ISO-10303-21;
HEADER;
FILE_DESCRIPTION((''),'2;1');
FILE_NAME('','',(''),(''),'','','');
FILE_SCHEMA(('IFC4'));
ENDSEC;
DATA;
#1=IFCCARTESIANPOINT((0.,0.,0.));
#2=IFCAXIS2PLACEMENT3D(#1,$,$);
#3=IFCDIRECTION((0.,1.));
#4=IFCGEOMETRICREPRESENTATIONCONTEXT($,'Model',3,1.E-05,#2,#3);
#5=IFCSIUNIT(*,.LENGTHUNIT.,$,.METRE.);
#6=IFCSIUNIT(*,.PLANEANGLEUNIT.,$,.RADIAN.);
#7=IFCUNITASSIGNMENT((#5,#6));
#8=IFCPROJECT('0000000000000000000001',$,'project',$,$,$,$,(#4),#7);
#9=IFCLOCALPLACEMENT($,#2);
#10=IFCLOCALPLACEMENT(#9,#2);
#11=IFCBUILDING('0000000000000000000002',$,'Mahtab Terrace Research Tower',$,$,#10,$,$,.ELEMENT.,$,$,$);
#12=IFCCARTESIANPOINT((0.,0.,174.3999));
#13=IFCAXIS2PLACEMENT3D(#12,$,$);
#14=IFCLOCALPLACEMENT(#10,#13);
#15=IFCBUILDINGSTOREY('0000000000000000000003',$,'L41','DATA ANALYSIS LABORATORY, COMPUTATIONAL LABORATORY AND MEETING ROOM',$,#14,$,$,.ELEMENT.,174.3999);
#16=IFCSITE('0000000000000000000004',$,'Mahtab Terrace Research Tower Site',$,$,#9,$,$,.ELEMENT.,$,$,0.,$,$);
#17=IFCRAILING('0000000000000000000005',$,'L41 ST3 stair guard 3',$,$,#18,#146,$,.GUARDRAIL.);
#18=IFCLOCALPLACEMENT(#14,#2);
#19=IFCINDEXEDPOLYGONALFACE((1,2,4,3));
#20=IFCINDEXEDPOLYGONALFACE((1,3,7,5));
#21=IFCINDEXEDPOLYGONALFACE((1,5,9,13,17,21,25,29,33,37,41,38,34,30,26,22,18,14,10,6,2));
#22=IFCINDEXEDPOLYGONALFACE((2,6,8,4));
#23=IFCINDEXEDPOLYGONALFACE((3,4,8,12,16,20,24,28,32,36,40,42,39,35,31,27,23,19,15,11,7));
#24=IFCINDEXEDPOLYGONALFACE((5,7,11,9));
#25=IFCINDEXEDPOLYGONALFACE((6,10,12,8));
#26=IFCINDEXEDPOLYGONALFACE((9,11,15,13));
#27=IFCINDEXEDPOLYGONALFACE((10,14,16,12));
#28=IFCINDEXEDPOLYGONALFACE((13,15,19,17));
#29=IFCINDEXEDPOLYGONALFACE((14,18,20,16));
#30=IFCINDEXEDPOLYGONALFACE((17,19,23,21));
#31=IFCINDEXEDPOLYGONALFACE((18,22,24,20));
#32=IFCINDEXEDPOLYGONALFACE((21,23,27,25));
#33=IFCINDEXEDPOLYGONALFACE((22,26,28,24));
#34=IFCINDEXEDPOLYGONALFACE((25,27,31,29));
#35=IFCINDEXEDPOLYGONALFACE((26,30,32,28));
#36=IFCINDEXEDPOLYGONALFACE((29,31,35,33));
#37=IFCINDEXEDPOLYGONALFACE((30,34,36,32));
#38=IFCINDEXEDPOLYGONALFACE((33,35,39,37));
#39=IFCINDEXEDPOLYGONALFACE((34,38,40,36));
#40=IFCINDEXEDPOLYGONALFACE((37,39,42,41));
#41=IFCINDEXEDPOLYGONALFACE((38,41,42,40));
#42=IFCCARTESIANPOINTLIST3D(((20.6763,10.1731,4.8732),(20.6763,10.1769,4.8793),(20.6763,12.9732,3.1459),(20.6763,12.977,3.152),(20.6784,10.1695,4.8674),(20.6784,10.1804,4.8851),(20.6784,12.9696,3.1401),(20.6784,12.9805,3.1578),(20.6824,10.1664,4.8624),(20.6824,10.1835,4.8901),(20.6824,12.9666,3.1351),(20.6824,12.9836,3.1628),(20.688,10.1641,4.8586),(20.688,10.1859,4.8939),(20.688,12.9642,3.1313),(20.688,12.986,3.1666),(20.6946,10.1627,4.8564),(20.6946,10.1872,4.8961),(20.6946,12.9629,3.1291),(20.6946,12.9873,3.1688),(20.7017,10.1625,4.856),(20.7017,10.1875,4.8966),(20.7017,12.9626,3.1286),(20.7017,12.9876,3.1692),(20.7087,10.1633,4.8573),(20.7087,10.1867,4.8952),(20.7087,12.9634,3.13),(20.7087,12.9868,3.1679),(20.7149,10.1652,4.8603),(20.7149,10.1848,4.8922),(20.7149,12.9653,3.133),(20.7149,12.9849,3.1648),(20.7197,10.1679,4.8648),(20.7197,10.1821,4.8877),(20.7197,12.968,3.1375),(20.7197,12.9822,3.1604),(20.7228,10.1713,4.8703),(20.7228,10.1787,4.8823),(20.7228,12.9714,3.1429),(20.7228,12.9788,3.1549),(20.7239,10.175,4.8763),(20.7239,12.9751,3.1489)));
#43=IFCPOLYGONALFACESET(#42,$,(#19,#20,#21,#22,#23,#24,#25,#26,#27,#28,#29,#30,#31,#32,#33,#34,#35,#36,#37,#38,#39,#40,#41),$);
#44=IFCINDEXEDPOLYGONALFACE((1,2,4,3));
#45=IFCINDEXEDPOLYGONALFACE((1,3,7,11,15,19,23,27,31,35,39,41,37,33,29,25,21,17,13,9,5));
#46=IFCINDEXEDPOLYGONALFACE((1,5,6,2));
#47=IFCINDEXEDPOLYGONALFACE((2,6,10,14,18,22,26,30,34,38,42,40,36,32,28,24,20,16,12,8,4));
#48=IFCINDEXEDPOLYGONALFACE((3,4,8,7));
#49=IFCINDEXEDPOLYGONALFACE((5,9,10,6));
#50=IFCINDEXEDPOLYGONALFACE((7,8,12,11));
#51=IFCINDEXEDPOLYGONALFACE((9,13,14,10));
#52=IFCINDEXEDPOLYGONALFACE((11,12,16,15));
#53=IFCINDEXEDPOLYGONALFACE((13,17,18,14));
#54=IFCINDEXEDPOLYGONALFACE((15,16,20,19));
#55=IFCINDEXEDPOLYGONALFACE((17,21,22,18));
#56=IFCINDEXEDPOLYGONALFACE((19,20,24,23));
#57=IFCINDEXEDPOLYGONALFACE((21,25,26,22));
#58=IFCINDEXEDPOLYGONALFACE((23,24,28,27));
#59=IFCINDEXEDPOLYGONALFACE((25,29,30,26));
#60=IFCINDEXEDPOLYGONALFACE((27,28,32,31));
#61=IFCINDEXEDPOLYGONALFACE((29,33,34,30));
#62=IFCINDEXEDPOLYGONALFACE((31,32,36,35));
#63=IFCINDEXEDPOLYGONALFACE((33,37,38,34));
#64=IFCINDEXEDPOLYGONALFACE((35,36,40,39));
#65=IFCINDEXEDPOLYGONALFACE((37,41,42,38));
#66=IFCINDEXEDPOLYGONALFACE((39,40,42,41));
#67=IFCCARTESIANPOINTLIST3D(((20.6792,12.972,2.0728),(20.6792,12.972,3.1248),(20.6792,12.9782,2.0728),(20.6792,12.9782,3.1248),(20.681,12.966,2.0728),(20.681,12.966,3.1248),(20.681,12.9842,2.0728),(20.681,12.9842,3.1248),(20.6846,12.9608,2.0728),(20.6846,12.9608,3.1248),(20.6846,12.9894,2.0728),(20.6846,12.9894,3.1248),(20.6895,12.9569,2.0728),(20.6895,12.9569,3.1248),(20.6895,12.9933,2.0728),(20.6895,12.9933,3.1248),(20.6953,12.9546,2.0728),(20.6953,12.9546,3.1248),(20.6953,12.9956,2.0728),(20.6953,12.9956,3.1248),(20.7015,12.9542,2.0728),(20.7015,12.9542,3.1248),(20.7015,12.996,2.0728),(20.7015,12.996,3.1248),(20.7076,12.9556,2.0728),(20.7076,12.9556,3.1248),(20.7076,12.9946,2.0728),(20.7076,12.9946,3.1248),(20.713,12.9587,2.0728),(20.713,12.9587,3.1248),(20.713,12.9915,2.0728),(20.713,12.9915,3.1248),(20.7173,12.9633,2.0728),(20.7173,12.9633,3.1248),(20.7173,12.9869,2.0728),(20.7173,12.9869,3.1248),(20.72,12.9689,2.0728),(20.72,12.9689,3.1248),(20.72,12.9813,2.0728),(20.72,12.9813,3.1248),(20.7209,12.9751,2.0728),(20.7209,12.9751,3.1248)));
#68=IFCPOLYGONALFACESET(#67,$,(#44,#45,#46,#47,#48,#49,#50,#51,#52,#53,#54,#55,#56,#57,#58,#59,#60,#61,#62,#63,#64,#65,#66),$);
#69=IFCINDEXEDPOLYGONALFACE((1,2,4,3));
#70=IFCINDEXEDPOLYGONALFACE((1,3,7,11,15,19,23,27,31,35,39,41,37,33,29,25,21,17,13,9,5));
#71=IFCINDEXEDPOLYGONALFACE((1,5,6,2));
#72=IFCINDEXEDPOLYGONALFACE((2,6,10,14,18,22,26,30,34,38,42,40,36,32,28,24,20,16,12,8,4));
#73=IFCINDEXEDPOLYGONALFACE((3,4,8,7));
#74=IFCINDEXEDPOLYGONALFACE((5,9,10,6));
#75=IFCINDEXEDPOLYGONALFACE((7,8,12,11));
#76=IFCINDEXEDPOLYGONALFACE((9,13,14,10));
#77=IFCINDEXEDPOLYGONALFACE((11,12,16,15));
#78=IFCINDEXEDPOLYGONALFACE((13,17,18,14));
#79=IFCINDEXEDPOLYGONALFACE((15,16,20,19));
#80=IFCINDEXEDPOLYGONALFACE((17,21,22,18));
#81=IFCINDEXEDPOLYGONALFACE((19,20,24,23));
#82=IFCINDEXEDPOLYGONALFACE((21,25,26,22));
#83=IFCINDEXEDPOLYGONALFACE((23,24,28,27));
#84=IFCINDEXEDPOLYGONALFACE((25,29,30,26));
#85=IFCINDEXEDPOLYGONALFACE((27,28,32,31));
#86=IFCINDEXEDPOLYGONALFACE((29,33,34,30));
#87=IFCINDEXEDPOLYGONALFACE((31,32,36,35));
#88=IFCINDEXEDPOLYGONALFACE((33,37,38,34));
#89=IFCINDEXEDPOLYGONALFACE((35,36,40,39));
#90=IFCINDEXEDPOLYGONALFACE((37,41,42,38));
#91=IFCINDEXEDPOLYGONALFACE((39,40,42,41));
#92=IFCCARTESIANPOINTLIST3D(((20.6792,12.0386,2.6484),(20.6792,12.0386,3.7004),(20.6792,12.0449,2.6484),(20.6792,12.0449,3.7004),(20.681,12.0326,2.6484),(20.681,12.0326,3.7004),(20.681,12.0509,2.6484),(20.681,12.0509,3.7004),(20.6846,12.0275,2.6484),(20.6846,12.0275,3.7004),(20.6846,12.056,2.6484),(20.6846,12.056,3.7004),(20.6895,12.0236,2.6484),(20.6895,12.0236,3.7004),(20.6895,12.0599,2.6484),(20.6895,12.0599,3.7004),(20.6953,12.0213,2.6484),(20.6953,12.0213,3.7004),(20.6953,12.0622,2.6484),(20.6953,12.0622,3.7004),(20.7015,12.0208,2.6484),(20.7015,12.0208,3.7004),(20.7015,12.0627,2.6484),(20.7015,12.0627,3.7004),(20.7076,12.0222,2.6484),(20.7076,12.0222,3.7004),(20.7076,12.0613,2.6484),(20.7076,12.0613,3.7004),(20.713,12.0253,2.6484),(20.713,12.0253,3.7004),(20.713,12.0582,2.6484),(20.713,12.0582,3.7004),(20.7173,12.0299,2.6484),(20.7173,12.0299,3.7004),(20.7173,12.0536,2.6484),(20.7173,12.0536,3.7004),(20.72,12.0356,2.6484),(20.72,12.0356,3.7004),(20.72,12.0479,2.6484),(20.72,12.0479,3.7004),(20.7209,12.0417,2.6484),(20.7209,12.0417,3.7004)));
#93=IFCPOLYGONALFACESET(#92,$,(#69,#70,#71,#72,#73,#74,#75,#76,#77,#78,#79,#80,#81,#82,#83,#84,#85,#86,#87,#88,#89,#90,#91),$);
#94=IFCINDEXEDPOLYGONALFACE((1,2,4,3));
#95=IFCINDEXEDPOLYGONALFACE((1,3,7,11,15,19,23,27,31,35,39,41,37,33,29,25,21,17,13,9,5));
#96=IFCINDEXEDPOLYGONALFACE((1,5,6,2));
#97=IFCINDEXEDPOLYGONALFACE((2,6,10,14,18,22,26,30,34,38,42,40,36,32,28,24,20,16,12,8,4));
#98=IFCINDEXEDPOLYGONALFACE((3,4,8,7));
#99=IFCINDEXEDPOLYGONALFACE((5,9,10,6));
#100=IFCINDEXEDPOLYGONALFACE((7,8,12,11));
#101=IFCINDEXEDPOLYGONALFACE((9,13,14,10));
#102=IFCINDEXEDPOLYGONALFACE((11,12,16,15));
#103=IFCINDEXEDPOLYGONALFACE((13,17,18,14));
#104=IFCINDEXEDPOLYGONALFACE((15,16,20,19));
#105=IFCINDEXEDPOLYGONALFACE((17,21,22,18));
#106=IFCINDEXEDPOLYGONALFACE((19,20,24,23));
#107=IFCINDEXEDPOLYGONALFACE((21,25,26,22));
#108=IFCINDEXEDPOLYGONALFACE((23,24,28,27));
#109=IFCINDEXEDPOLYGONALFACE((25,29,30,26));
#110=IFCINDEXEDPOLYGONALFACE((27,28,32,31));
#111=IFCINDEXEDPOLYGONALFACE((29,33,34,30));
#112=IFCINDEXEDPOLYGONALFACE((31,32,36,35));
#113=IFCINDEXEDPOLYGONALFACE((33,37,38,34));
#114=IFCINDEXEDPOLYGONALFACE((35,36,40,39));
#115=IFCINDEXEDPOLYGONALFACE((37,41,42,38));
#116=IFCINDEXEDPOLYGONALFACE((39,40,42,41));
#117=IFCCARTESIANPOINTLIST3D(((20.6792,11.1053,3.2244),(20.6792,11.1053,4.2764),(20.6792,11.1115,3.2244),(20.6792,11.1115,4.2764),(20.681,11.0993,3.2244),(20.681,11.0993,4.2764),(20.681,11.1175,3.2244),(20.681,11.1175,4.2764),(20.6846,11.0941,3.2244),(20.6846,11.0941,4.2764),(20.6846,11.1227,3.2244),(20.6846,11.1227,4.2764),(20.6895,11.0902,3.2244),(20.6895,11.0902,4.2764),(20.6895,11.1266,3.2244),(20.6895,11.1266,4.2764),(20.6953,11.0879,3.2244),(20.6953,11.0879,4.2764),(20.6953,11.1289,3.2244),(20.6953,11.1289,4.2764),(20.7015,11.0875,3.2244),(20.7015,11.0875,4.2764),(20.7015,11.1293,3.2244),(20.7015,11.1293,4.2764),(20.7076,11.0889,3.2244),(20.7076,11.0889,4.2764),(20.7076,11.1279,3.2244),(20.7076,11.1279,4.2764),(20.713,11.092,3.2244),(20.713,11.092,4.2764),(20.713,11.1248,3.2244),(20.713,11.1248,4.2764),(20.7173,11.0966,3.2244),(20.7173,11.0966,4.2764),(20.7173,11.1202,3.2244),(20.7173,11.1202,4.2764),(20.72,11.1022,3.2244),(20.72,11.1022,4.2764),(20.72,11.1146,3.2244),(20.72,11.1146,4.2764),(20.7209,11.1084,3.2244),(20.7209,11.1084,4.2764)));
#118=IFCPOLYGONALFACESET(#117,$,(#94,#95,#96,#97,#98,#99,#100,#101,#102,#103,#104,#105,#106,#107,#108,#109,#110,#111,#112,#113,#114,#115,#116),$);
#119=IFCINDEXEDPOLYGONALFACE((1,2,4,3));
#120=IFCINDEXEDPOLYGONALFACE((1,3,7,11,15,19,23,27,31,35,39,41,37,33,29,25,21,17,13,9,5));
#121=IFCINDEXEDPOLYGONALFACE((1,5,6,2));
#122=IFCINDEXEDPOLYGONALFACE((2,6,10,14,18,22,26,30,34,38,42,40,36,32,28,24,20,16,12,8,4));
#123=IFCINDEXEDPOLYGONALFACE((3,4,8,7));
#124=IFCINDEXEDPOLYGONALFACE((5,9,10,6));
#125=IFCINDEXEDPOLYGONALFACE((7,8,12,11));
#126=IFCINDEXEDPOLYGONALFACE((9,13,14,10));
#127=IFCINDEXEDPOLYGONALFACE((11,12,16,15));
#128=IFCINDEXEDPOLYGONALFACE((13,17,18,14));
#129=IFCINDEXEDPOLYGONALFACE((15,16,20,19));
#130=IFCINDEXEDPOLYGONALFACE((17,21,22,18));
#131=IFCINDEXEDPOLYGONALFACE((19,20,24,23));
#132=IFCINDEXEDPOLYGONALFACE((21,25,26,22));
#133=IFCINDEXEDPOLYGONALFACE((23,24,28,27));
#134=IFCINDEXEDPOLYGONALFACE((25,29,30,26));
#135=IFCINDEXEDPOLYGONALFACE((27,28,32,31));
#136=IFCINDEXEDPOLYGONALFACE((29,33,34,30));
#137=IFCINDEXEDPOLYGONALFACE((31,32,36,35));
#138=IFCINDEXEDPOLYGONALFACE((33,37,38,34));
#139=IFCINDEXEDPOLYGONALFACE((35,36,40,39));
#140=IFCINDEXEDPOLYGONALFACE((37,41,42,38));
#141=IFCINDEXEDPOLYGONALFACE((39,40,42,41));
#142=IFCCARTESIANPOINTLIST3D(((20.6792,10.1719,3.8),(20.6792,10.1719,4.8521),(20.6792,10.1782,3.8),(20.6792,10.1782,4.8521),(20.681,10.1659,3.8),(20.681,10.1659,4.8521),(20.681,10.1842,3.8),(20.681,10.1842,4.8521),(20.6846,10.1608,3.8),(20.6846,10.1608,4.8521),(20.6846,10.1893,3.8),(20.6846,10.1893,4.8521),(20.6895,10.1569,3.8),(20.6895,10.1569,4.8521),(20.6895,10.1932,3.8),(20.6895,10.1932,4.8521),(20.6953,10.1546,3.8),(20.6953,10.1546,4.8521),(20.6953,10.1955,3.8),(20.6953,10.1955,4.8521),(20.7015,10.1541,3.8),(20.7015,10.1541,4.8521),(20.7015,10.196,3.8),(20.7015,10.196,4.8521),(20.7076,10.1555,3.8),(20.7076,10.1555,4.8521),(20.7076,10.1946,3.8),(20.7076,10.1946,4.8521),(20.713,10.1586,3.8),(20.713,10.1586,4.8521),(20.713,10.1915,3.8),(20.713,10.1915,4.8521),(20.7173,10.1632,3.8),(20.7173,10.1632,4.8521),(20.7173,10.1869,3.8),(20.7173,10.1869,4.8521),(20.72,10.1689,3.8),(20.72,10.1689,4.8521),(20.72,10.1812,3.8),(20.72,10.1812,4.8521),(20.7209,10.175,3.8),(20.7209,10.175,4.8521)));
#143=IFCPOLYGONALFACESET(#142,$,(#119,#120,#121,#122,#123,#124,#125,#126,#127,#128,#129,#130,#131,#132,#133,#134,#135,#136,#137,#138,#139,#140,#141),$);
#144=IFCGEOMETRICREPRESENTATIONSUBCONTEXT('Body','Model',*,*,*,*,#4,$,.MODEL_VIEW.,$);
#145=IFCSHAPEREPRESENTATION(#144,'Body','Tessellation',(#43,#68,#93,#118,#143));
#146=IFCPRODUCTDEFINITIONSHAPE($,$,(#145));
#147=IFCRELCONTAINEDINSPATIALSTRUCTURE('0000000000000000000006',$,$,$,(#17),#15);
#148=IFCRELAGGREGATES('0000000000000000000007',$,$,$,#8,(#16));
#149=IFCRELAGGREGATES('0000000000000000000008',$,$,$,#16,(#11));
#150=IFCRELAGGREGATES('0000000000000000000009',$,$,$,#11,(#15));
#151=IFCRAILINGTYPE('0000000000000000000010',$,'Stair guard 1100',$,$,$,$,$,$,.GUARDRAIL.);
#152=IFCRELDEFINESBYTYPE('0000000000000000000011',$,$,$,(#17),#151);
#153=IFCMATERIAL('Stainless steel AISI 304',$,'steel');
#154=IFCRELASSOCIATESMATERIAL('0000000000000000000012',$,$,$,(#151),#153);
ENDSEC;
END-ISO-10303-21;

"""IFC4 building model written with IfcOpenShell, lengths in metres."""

from ifc_helpers import new_model, si_unit, direction, frame, origin, origin_2d, place, context, subcontext, project, spatial, circle, extrude, material, type_object, element, save


model = new_model("IFC4")

# Units and contexts
model_context = context("Model", 3, precision=1e-05, world=origin(), true_north=direction((0.0, 1.0)))
body_context = subcontext(model_context, "Body", "Model", "MODEL_VIEW")
ifc_project = project(units=[si_unit("LENGTHUNIT", "METRE"), si_unit("PLANEANGLEUNIT", "RADIAN")], contexts=[model_context])

# Site, building, storey
site_placement = place(None, origin())
site = spatial("IfcSite", under=ifc_project, at=site_placement, Name="Mahtab Terrace Research Tower Site", CompositionType="ELEMENT", RefElevation=0.0)
building_placement = place(site_placement, origin())
building = spatial("IfcBuilding", under=site, at=building_placement, Name="Mahtab Terrace Research Tower", CompositionType="ELEMENT")
storey_placement = place(building_placement, frame((0.0, 0.0, 174.3999)))
storey = spatial("IfcBuildingStorey", under=building, at=storey_placement, Name="L41", Description="DATA ANALYSIS LABORATORY, COMPUTATIONAL LABORATORY AND MEETING ROOM", CompositionType="ELEMENT", Elevation=174.3999)

# Shared definitions
ifc_material_1 = material(Name="Stainless steel AISI 304", Category="steel")

# Railing
railing_type_1 = type_object("IfcRailingType", Name="Stair guard 1100", PredefinedType="GUARDRAIL", material=ifc_material_1)
railing_1_placement = place(storey_placement, frame((20.7, 12.9751, 2.0728)))
element("IfcRailing", 1, at=railing_1_placement, inside=storey, type_object=railing_type_1, Name="L41 ST3 stair guard 3", PredefinedType="GUARDRAIL", context=body_context, shape_type="SweptSolid", body=[
    extrude(circle(Radius=0.0239, at=origin_2d()), frame((0.0, 0.0, 1.0762), z_axis=(0.0, -0.85109, 0.52502), x_axis=(1.0, 0.0, 0.0)), (0.0, 0.0, 1.0), 3.29),
    extrude(circle(Radius=0.021, at=origin_2d()), origin(), (0.0, 0.0, 1.0), 1.052),
    extrude(circle(Radius=0.021, at=origin_2d()), frame((0.0, -0.9333, 0.5757)), (0.0, 0.0, 1.0), 1.052),
    extrude(circle(Radius=0.021, at=origin_2d()), frame((0.0, -1.8667, 1.1516)), (0.0, 0.0, 1.0), 1.052),
    extrude(circle(Radius=0.021, at=origin_2d()), frame((0.0, -2.8, 1.7273)), (0.0, 0.0, 1.0), 1.052),
])

save(model, "model.ifc")
